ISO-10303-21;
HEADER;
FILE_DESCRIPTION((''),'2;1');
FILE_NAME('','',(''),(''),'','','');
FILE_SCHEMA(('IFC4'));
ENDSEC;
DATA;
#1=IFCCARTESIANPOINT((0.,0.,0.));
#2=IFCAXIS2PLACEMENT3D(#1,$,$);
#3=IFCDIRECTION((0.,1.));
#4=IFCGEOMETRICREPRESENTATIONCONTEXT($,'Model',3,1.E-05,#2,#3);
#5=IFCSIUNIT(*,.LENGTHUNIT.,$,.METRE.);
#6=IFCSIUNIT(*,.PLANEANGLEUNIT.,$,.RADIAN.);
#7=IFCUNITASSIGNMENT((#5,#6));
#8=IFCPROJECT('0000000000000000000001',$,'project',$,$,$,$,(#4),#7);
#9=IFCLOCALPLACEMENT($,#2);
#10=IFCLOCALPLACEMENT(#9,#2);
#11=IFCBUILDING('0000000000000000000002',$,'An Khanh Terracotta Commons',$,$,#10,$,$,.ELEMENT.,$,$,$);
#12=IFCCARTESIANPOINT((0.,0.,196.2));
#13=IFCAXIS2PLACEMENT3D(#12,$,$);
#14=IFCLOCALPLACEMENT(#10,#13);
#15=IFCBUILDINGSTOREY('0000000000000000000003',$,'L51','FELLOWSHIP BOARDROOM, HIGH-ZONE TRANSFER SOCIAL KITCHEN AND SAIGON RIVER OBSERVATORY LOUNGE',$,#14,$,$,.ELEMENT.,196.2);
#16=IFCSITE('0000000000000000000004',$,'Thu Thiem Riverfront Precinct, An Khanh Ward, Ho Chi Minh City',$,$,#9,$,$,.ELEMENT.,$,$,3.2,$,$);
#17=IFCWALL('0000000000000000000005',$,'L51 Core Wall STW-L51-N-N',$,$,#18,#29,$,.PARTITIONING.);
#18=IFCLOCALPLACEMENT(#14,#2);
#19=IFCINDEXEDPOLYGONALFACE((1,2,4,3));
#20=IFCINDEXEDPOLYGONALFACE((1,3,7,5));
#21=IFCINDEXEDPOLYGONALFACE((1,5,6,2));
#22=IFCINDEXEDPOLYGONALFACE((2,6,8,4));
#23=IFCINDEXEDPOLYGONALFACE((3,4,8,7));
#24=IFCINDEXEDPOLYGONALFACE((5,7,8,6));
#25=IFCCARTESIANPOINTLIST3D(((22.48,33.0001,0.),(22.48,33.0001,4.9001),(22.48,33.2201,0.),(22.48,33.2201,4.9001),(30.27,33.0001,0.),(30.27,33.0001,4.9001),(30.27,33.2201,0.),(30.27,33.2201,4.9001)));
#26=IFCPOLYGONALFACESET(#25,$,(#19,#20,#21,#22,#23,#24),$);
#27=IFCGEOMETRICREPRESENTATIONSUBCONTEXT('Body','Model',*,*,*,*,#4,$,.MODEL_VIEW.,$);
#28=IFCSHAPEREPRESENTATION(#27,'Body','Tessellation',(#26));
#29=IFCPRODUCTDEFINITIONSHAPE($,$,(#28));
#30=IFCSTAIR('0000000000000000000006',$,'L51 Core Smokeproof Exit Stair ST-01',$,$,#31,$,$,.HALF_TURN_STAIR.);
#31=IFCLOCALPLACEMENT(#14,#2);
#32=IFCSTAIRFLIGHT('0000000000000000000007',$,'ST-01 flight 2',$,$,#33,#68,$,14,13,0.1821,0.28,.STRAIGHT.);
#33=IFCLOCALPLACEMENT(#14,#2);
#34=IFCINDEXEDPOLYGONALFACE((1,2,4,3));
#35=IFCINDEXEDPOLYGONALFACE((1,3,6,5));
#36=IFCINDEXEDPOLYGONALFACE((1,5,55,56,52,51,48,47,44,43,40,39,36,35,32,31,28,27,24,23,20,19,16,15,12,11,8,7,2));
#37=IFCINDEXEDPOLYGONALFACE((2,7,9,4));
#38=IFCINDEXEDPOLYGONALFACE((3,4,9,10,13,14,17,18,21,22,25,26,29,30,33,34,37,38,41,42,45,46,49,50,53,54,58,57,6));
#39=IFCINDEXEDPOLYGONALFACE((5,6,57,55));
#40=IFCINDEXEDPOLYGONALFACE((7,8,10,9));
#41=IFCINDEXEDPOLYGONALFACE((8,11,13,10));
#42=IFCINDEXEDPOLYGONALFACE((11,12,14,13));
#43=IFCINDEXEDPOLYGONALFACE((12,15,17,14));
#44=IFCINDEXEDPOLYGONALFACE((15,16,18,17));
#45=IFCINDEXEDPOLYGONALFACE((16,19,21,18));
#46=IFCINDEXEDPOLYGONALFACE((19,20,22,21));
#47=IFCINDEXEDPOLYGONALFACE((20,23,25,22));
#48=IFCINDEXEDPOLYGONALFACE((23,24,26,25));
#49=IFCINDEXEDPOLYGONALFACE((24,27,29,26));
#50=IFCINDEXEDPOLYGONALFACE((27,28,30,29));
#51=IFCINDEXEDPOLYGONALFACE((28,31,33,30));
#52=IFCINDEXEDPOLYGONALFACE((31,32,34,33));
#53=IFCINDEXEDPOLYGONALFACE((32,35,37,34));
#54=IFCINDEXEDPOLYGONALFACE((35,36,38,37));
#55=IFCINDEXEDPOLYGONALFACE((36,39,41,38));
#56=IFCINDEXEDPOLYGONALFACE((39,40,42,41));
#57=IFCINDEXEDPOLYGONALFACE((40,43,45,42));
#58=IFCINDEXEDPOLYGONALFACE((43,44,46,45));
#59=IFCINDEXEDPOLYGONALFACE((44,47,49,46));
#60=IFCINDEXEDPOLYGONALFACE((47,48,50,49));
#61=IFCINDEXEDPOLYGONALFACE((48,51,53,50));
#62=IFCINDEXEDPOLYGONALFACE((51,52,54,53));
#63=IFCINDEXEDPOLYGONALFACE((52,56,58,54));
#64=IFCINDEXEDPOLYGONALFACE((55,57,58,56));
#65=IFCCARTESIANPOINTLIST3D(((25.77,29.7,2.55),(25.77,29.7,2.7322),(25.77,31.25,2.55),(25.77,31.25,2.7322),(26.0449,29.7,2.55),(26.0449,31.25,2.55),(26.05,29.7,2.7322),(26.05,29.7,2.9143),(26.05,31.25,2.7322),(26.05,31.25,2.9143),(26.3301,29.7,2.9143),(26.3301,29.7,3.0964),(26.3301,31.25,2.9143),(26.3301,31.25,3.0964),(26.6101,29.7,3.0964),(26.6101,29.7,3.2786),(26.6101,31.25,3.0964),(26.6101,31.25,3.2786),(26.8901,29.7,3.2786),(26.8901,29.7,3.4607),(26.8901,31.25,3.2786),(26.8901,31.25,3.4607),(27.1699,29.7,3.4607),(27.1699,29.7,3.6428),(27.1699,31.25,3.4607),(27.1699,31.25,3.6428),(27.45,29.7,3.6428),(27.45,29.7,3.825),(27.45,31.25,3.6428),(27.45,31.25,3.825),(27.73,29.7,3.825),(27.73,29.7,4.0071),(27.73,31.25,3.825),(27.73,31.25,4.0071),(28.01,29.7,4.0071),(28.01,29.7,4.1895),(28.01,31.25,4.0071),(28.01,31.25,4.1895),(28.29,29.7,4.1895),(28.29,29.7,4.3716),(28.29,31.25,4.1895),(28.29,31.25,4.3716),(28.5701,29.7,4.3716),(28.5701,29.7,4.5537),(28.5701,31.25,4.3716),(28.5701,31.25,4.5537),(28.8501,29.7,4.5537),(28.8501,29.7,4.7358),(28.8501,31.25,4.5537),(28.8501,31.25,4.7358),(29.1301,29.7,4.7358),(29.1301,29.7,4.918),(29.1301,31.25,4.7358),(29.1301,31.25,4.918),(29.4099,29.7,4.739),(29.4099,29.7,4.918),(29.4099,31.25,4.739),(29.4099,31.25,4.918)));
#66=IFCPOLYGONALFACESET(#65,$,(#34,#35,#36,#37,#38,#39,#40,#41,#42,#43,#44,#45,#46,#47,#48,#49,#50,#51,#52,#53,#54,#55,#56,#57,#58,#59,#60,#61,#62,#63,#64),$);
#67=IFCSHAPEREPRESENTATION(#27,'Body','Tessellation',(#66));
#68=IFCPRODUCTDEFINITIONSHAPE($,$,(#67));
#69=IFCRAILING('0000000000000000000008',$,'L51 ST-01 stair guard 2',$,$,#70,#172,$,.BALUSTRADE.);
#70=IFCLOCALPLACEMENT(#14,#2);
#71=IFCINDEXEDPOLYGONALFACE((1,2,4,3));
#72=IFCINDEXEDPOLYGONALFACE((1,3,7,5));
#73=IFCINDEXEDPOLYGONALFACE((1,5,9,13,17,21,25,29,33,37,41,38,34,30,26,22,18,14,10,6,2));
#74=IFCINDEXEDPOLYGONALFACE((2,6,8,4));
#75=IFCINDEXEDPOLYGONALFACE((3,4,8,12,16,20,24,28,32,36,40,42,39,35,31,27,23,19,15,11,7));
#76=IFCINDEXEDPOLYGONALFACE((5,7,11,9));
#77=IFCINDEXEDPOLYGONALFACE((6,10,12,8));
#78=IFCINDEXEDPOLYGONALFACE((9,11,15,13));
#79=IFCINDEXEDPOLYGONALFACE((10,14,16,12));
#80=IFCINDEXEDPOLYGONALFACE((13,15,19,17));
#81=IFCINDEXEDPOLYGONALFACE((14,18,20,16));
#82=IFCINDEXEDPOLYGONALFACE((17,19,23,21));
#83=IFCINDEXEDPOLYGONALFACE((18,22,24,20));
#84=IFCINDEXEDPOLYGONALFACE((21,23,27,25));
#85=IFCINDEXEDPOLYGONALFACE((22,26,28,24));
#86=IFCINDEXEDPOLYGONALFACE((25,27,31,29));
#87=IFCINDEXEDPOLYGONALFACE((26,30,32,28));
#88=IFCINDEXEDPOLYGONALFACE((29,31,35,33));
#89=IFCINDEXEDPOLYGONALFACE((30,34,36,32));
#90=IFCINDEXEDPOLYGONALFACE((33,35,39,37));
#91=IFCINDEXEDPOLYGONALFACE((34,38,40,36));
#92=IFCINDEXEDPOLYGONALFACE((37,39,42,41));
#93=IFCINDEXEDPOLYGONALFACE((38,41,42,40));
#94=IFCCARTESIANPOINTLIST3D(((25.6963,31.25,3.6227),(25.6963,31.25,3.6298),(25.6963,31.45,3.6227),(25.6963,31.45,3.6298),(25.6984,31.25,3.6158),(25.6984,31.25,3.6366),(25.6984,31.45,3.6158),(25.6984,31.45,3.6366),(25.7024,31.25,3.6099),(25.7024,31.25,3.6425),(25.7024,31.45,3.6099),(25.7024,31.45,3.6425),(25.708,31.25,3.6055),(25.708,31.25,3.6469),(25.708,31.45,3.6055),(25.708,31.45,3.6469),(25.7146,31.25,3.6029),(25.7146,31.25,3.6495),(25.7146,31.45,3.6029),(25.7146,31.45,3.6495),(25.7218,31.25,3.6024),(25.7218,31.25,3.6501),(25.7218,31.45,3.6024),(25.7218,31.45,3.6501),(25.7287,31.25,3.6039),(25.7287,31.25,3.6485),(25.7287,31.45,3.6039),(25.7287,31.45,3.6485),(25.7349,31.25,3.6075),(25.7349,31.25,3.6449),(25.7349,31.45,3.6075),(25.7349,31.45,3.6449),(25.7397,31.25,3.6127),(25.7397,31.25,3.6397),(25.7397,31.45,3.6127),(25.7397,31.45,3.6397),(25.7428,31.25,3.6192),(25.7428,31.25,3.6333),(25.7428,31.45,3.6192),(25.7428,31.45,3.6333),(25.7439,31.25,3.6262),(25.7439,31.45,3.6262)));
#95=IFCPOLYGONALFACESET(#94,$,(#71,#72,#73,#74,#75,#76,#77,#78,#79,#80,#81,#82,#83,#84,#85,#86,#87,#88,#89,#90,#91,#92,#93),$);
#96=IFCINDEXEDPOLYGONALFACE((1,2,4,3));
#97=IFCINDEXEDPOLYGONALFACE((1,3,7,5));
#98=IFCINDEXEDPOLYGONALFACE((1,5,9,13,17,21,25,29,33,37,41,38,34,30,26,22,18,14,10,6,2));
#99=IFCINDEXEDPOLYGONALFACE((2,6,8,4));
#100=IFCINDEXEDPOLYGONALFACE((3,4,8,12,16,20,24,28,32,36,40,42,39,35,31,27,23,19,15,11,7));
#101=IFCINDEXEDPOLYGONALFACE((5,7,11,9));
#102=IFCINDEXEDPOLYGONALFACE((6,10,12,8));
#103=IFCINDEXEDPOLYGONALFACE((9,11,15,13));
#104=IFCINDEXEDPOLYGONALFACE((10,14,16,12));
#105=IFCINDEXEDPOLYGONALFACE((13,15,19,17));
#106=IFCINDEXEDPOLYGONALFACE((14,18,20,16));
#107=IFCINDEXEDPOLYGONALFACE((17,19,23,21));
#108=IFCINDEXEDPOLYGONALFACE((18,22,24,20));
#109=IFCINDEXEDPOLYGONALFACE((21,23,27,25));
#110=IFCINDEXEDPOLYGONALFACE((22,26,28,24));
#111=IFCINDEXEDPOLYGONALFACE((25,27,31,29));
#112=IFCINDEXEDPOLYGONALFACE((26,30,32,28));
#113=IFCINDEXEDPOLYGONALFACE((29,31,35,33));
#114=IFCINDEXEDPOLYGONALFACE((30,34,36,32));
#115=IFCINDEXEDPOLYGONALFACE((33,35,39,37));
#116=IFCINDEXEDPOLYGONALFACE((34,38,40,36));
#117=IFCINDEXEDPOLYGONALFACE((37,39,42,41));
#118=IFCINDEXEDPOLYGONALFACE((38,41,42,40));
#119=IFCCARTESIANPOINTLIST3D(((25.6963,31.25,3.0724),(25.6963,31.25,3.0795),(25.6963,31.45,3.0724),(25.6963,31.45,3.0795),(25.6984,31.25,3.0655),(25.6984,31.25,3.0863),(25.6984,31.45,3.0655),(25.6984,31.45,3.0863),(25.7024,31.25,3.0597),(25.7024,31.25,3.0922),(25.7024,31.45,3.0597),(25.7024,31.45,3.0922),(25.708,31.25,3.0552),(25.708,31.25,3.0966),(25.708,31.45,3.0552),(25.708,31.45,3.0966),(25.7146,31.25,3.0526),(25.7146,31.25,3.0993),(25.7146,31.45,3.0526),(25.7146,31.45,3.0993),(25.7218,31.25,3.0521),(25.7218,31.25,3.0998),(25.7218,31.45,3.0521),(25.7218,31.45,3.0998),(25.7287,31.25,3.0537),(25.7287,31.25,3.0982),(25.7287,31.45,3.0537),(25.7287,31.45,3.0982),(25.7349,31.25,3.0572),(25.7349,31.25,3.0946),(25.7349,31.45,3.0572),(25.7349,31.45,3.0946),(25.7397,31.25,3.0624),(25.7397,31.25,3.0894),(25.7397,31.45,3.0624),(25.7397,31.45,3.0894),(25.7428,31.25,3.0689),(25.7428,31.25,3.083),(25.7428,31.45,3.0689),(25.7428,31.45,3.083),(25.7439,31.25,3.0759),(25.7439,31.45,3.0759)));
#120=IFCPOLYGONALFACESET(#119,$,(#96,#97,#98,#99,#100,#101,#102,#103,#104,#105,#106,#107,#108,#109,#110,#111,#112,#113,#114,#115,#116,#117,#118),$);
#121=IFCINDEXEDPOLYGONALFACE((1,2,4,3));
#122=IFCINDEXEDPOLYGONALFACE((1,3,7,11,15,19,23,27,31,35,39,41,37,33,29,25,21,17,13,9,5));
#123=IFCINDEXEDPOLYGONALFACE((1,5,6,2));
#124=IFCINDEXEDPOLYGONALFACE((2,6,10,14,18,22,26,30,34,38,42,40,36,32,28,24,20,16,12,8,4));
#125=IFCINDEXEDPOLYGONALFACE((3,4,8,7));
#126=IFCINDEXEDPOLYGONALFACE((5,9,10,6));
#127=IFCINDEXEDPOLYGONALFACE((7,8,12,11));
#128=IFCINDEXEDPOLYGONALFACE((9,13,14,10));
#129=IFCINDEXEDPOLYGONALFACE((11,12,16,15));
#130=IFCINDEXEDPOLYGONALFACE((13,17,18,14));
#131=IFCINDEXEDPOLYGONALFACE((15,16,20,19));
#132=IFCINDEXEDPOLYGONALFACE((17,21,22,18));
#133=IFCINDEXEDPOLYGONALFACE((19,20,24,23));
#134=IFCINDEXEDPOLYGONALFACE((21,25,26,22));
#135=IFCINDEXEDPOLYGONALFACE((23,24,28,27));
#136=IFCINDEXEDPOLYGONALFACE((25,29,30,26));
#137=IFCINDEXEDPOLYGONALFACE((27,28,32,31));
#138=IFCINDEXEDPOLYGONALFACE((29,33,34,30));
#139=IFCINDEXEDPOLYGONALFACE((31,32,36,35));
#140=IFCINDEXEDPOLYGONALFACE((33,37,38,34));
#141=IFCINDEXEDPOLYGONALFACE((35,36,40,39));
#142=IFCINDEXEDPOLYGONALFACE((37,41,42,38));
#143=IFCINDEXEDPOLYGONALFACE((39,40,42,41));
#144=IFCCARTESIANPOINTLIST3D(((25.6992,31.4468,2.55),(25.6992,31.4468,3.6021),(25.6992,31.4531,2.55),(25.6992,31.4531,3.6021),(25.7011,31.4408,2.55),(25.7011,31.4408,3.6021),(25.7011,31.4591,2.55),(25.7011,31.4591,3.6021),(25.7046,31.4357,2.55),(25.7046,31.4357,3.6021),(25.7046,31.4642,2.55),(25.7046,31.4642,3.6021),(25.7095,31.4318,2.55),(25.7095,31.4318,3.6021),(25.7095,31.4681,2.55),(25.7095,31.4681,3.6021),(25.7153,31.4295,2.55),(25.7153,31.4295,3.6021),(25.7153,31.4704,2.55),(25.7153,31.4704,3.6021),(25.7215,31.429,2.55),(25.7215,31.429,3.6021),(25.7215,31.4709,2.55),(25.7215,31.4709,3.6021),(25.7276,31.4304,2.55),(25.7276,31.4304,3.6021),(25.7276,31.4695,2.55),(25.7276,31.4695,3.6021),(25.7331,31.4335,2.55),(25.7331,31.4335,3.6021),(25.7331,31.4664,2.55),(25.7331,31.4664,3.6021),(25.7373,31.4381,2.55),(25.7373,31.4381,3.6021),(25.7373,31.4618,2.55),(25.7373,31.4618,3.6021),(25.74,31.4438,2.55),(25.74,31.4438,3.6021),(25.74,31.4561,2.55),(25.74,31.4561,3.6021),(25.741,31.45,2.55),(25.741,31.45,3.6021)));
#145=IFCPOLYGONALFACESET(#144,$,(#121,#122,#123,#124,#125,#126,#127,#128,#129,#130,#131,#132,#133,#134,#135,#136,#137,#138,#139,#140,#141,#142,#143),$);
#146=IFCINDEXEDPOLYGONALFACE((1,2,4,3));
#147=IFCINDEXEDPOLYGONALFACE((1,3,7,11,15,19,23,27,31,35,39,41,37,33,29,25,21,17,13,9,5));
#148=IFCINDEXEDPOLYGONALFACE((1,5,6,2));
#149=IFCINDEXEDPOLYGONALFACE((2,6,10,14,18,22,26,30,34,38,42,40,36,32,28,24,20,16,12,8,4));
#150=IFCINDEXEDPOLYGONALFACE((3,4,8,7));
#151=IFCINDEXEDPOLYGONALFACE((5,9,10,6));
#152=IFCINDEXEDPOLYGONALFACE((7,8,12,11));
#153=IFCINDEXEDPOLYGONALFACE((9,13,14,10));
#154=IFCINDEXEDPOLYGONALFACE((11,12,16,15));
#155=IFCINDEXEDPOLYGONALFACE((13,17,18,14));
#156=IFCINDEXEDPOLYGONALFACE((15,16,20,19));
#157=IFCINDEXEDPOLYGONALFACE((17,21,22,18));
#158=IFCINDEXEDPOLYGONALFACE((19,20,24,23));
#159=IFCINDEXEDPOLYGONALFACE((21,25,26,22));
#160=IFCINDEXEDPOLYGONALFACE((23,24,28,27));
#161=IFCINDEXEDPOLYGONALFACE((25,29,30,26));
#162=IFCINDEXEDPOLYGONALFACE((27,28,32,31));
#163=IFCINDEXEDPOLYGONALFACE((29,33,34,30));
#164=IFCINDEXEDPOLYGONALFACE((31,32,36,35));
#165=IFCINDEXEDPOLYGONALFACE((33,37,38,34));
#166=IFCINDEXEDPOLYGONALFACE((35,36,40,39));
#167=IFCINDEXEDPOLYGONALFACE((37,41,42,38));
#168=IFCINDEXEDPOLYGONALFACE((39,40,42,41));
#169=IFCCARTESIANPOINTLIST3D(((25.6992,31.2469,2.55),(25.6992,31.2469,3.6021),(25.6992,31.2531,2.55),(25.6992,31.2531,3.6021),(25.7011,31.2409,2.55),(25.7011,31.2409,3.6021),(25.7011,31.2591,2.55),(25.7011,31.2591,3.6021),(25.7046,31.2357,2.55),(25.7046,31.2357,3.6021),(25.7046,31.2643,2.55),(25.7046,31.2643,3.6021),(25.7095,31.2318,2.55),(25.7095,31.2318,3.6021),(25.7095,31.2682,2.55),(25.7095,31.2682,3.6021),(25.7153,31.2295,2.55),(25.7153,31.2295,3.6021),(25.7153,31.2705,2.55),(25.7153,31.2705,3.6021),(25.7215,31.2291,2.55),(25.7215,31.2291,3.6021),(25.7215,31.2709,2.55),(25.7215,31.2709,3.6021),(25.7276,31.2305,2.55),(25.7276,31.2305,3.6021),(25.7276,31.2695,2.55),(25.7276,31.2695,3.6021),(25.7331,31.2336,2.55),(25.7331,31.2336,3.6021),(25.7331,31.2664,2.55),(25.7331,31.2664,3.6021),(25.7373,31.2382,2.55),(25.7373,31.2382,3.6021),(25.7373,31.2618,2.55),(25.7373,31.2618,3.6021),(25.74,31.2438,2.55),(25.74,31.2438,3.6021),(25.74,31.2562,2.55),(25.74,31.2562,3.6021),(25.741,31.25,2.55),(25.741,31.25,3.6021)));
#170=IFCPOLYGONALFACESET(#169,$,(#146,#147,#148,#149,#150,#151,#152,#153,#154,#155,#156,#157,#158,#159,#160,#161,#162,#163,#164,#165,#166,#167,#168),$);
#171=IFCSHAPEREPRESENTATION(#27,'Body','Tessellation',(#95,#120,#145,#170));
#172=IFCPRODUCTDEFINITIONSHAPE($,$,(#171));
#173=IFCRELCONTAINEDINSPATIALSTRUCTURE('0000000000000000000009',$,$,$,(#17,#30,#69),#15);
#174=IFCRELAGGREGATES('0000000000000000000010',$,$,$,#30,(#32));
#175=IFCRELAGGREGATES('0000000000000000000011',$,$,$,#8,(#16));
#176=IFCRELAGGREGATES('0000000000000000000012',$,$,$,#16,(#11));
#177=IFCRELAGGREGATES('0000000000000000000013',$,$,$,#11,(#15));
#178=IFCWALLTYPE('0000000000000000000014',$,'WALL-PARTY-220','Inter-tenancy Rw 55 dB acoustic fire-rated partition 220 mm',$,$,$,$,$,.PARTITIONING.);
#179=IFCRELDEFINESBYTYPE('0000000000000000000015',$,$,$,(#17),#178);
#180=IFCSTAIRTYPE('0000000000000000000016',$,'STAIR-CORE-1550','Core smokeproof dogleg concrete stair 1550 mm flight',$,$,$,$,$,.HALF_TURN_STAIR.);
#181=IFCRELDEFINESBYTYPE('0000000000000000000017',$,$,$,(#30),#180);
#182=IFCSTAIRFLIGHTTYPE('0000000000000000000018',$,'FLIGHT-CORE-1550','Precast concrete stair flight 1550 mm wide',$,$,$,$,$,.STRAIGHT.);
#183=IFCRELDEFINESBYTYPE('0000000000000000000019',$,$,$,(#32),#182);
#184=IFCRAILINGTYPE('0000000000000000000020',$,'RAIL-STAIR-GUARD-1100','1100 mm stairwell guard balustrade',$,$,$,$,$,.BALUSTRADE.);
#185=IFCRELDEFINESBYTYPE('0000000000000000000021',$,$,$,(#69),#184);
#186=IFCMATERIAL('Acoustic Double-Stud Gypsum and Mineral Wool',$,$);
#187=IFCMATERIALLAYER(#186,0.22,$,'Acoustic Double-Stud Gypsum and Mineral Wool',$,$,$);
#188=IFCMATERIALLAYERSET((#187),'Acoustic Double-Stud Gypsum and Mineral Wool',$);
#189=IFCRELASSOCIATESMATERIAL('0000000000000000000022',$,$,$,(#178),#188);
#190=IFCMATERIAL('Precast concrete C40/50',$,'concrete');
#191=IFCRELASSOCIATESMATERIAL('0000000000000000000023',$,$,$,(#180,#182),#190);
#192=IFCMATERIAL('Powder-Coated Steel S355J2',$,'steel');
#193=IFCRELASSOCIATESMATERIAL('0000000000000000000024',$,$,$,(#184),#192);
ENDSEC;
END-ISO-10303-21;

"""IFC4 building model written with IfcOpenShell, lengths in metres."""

from ifc_helpers import new_model, si_unit, direction, frame, frame_2d, origin, origin_2d, place, context, subcontext, project, spatial, polyline, rectangle, circle, outline, extrude, material, layer, layer_set, type_object, element, aggregate, save


model = new_model("IFC4")

# Units and contexts
model_context = context("Model", 3, precision=1e-05, world=origin(), true_north=direction((0.0, 1.0)))
body_context = subcontext(model_context, "Body", "Model", "MODEL_VIEW")
ifc_project = project(units=[si_unit("LENGTHUNIT", "METRE"), si_unit("PLANEANGLEUNIT", "RADIAN")], contexts=[model_context])

# Site, building, storey
site_placement = place(None, origin())
site = spatial("IfcSite", under=ifc_project, at=site_placement, Name="Thu Thiem Riverfront Precinct, An Khanh Ward, Ho Chi Minh City", CompositionType="ELEMENT", RefElevation=3.2)
building_placement = place(site_placement, origin())
building = spatial("IfcBuilding", under=site, at=building_placement, Name="An Khanh Terracotta Commons", CompositionType="ELEMENT")
storey_placement = place(building_placement, frame((0.0, 0.0, 196.2)))
storey = spatial("IfcBuildingStorey", under=building, at=storey_placement, Name="L51", Description="FELLOWSHIP BOARDROOM, HIGH-ZONE TRANSFER SOCIAL KITCHEN AND SAIGON RIVER OBSERVATORY LOUNGE", CompositionType="ELEMENT", Elevation=196.2)

# Shared definitions
ifc_material_1 = material(Name="Precast concrete C40/50", Category="concrete")

# Wall
ifc_material_2 = material(Name="Acoustic Double-Stud Gypsum and Mineral Wool")
ifc_layer_1 = layer(ifc_material_2, 0.22, Name="Acoustic Double-Stud Gypsum and Mineral Wool")
ifc_layer_set_1 = layer_set([ifc_layer_1], Name="Acoustic Double-Stud Gypsum and Mineral Wool")
wall_type_1 = type_object("IfcWallType", Name="WALL-PARTY-220", Description="Inter-tenancy Rw 55 dB acoustic fire-rated partition 220 mm", PredefinedType="PARTITIONING", material=ifc_layer_set_1)
wall_1_placement = place(storey_placement, frame((22.48, 33.1101, 0.0), z_axis=(0.0, 0.0, 1.0), x_axis=(1.0, 0.0, 0.0)))
element("IfcWall", 1, at=wall_1_placement, inside=storey, type_object=wall_type_1, Name="L51 Core Wall STW-L51-N-N", PredefinedType="PARTITIONING", context=body_context, shape_type="SweptSolid", body=[
    extrude(rectangle(XDim=7.79, YDim=0.22, at=frame_2d((3.895, 0.0))), origin(), (0.0, 0.0, 1.0), 4.9001),
])

# Stair, stair flight
stair_type = type_object("IfcStairType", Name="STAIR-CORE-1550", Description="Core smokeproof dogleg concrete stair 1550 mm flight", PredefinedType="HALF_TURN_STAIR", material=ifc_material_1)
stair_placement = place(storey_placement, origin())
stair = element("IfcStair", 2, at=stair_placement, inside=storey, type_object=stair_type, Name="L51 Core Smokeproof Exit Stair ST-01", PredefinedType="HALF_TURN_STAIR")
stair_flight_type = type_object("IfcStairFlightType", Name="FLIGHT-CORE-1550", Description="Precast concrete stair flight 1550 mm wide", PredefinedType="STRAIGHT", material=ifc_material_1)
stair_flight_placement = place(storey_placement, frame((25.77, 30.4751, 2.55), z_axis=(0.0, 0.0, 1.0), x_axis=(1.0, 0.0, 0.0)))
stair_flight = element("IfcStairFlight", 3, at=stair_flight_placement, type_object=stair_flight_type, Name="ST-01 flight 2", NumberOfRisers=14, NumberOfTreads=13, PredefinedType="STRAIGHT", RiserHeight=0.1821, TreadLength=0.28, context=body_context, shape_type="SweptSolid", body=[
    extrude(outline(polyline([(0.0, 0.0), (0.0, 0.1821), (0.28, 0.1821), (0.28, 0.3643), (0.5601, 0.3643), (0.5601, 0.5464), (0.8401, 0.5464), (0.8401, 0.7285), (1.1201, 0.7285), (1.1201, 0.9106), (1.3999, 0.9106), (1.3999, 1.0928), (1.6799, 1.0928), (1.6799, 1.2749), (1.96, 1.2749), (1.96, 1.457), (2.24, 1.457), (2.24, 1.6394), (2.52, 1.6394), (2.52, 1.8215), (2.8, 1.8215), (2.8, 2.0037), (3.0801, 2.0037), (3.0801, 2.1858), (3.3601, 2.1858), (3.3601, 2.3679), (3.6399, 2.3679), (3.6399, 2.55), (3.6399, 2.189), (0.2749, 0.0), (0.0, 0.0)])), frame((0.0, 0.7749, 0.0), z_axis=(0.0, -1.0, 0.0), x_axis=(1.0, 0.0, 0.0)), (0.0, 0.0, 1.0), 1.55),
])
aggregate(stair, [stair_flight])

# Railing
ifc_material_3 = material(Name="Powder-Coated Steel S355J2", Category="steel")
railing_type = type_object("IfcRailingType", Name="RAIL-STAIR-GUARD-1100", Description="1100 mm stairwell guard balustrade", PredefinedType="BALUSTRADE", material=ifc_material_3)
railing_1_placement = place(storey_placement, frame((25.72, 31.45, 2.55)))
element("IfcRailing", 4, at=railing_1_placement, inside=storey, type_object=railing_type, Name="L51 ST-01 stair guard 2", PredefinedType="BALUSTRADE", context=body_context, shape_type="SweptSolid", body=[
    extrude(circle(Radius=0.0239, at=origin_2d()), frame((0.0, 0.0, 1.0762), z_axis=(0.0, -1.0, 0.0), x_axis=(1.0, 0.0, 0.0)), (0.0, 0.0, 1.0), 0.2),
    extrude(circle(Radius=0.0239, at=origin_2d()), frame((0.0, 0.0, 0.5259), z_axis=(0.0, -1.0, 0.0), x_axis=(1.0, 0.0, 0.0)), (0.0, 0.0, 1.0), 0.2),
    extrude(circle(Radius=0.021, at=origin_2d()), origin(), (0.0, 0.0, 1.0), 1.052),
    extrude(circle(Radius=0.021, at=origin_2d()), frame((0.0, -0.2, 0.0)), (0.0, 0.0, 1.0), 1.052),
])

save(model, "model.ifc")
